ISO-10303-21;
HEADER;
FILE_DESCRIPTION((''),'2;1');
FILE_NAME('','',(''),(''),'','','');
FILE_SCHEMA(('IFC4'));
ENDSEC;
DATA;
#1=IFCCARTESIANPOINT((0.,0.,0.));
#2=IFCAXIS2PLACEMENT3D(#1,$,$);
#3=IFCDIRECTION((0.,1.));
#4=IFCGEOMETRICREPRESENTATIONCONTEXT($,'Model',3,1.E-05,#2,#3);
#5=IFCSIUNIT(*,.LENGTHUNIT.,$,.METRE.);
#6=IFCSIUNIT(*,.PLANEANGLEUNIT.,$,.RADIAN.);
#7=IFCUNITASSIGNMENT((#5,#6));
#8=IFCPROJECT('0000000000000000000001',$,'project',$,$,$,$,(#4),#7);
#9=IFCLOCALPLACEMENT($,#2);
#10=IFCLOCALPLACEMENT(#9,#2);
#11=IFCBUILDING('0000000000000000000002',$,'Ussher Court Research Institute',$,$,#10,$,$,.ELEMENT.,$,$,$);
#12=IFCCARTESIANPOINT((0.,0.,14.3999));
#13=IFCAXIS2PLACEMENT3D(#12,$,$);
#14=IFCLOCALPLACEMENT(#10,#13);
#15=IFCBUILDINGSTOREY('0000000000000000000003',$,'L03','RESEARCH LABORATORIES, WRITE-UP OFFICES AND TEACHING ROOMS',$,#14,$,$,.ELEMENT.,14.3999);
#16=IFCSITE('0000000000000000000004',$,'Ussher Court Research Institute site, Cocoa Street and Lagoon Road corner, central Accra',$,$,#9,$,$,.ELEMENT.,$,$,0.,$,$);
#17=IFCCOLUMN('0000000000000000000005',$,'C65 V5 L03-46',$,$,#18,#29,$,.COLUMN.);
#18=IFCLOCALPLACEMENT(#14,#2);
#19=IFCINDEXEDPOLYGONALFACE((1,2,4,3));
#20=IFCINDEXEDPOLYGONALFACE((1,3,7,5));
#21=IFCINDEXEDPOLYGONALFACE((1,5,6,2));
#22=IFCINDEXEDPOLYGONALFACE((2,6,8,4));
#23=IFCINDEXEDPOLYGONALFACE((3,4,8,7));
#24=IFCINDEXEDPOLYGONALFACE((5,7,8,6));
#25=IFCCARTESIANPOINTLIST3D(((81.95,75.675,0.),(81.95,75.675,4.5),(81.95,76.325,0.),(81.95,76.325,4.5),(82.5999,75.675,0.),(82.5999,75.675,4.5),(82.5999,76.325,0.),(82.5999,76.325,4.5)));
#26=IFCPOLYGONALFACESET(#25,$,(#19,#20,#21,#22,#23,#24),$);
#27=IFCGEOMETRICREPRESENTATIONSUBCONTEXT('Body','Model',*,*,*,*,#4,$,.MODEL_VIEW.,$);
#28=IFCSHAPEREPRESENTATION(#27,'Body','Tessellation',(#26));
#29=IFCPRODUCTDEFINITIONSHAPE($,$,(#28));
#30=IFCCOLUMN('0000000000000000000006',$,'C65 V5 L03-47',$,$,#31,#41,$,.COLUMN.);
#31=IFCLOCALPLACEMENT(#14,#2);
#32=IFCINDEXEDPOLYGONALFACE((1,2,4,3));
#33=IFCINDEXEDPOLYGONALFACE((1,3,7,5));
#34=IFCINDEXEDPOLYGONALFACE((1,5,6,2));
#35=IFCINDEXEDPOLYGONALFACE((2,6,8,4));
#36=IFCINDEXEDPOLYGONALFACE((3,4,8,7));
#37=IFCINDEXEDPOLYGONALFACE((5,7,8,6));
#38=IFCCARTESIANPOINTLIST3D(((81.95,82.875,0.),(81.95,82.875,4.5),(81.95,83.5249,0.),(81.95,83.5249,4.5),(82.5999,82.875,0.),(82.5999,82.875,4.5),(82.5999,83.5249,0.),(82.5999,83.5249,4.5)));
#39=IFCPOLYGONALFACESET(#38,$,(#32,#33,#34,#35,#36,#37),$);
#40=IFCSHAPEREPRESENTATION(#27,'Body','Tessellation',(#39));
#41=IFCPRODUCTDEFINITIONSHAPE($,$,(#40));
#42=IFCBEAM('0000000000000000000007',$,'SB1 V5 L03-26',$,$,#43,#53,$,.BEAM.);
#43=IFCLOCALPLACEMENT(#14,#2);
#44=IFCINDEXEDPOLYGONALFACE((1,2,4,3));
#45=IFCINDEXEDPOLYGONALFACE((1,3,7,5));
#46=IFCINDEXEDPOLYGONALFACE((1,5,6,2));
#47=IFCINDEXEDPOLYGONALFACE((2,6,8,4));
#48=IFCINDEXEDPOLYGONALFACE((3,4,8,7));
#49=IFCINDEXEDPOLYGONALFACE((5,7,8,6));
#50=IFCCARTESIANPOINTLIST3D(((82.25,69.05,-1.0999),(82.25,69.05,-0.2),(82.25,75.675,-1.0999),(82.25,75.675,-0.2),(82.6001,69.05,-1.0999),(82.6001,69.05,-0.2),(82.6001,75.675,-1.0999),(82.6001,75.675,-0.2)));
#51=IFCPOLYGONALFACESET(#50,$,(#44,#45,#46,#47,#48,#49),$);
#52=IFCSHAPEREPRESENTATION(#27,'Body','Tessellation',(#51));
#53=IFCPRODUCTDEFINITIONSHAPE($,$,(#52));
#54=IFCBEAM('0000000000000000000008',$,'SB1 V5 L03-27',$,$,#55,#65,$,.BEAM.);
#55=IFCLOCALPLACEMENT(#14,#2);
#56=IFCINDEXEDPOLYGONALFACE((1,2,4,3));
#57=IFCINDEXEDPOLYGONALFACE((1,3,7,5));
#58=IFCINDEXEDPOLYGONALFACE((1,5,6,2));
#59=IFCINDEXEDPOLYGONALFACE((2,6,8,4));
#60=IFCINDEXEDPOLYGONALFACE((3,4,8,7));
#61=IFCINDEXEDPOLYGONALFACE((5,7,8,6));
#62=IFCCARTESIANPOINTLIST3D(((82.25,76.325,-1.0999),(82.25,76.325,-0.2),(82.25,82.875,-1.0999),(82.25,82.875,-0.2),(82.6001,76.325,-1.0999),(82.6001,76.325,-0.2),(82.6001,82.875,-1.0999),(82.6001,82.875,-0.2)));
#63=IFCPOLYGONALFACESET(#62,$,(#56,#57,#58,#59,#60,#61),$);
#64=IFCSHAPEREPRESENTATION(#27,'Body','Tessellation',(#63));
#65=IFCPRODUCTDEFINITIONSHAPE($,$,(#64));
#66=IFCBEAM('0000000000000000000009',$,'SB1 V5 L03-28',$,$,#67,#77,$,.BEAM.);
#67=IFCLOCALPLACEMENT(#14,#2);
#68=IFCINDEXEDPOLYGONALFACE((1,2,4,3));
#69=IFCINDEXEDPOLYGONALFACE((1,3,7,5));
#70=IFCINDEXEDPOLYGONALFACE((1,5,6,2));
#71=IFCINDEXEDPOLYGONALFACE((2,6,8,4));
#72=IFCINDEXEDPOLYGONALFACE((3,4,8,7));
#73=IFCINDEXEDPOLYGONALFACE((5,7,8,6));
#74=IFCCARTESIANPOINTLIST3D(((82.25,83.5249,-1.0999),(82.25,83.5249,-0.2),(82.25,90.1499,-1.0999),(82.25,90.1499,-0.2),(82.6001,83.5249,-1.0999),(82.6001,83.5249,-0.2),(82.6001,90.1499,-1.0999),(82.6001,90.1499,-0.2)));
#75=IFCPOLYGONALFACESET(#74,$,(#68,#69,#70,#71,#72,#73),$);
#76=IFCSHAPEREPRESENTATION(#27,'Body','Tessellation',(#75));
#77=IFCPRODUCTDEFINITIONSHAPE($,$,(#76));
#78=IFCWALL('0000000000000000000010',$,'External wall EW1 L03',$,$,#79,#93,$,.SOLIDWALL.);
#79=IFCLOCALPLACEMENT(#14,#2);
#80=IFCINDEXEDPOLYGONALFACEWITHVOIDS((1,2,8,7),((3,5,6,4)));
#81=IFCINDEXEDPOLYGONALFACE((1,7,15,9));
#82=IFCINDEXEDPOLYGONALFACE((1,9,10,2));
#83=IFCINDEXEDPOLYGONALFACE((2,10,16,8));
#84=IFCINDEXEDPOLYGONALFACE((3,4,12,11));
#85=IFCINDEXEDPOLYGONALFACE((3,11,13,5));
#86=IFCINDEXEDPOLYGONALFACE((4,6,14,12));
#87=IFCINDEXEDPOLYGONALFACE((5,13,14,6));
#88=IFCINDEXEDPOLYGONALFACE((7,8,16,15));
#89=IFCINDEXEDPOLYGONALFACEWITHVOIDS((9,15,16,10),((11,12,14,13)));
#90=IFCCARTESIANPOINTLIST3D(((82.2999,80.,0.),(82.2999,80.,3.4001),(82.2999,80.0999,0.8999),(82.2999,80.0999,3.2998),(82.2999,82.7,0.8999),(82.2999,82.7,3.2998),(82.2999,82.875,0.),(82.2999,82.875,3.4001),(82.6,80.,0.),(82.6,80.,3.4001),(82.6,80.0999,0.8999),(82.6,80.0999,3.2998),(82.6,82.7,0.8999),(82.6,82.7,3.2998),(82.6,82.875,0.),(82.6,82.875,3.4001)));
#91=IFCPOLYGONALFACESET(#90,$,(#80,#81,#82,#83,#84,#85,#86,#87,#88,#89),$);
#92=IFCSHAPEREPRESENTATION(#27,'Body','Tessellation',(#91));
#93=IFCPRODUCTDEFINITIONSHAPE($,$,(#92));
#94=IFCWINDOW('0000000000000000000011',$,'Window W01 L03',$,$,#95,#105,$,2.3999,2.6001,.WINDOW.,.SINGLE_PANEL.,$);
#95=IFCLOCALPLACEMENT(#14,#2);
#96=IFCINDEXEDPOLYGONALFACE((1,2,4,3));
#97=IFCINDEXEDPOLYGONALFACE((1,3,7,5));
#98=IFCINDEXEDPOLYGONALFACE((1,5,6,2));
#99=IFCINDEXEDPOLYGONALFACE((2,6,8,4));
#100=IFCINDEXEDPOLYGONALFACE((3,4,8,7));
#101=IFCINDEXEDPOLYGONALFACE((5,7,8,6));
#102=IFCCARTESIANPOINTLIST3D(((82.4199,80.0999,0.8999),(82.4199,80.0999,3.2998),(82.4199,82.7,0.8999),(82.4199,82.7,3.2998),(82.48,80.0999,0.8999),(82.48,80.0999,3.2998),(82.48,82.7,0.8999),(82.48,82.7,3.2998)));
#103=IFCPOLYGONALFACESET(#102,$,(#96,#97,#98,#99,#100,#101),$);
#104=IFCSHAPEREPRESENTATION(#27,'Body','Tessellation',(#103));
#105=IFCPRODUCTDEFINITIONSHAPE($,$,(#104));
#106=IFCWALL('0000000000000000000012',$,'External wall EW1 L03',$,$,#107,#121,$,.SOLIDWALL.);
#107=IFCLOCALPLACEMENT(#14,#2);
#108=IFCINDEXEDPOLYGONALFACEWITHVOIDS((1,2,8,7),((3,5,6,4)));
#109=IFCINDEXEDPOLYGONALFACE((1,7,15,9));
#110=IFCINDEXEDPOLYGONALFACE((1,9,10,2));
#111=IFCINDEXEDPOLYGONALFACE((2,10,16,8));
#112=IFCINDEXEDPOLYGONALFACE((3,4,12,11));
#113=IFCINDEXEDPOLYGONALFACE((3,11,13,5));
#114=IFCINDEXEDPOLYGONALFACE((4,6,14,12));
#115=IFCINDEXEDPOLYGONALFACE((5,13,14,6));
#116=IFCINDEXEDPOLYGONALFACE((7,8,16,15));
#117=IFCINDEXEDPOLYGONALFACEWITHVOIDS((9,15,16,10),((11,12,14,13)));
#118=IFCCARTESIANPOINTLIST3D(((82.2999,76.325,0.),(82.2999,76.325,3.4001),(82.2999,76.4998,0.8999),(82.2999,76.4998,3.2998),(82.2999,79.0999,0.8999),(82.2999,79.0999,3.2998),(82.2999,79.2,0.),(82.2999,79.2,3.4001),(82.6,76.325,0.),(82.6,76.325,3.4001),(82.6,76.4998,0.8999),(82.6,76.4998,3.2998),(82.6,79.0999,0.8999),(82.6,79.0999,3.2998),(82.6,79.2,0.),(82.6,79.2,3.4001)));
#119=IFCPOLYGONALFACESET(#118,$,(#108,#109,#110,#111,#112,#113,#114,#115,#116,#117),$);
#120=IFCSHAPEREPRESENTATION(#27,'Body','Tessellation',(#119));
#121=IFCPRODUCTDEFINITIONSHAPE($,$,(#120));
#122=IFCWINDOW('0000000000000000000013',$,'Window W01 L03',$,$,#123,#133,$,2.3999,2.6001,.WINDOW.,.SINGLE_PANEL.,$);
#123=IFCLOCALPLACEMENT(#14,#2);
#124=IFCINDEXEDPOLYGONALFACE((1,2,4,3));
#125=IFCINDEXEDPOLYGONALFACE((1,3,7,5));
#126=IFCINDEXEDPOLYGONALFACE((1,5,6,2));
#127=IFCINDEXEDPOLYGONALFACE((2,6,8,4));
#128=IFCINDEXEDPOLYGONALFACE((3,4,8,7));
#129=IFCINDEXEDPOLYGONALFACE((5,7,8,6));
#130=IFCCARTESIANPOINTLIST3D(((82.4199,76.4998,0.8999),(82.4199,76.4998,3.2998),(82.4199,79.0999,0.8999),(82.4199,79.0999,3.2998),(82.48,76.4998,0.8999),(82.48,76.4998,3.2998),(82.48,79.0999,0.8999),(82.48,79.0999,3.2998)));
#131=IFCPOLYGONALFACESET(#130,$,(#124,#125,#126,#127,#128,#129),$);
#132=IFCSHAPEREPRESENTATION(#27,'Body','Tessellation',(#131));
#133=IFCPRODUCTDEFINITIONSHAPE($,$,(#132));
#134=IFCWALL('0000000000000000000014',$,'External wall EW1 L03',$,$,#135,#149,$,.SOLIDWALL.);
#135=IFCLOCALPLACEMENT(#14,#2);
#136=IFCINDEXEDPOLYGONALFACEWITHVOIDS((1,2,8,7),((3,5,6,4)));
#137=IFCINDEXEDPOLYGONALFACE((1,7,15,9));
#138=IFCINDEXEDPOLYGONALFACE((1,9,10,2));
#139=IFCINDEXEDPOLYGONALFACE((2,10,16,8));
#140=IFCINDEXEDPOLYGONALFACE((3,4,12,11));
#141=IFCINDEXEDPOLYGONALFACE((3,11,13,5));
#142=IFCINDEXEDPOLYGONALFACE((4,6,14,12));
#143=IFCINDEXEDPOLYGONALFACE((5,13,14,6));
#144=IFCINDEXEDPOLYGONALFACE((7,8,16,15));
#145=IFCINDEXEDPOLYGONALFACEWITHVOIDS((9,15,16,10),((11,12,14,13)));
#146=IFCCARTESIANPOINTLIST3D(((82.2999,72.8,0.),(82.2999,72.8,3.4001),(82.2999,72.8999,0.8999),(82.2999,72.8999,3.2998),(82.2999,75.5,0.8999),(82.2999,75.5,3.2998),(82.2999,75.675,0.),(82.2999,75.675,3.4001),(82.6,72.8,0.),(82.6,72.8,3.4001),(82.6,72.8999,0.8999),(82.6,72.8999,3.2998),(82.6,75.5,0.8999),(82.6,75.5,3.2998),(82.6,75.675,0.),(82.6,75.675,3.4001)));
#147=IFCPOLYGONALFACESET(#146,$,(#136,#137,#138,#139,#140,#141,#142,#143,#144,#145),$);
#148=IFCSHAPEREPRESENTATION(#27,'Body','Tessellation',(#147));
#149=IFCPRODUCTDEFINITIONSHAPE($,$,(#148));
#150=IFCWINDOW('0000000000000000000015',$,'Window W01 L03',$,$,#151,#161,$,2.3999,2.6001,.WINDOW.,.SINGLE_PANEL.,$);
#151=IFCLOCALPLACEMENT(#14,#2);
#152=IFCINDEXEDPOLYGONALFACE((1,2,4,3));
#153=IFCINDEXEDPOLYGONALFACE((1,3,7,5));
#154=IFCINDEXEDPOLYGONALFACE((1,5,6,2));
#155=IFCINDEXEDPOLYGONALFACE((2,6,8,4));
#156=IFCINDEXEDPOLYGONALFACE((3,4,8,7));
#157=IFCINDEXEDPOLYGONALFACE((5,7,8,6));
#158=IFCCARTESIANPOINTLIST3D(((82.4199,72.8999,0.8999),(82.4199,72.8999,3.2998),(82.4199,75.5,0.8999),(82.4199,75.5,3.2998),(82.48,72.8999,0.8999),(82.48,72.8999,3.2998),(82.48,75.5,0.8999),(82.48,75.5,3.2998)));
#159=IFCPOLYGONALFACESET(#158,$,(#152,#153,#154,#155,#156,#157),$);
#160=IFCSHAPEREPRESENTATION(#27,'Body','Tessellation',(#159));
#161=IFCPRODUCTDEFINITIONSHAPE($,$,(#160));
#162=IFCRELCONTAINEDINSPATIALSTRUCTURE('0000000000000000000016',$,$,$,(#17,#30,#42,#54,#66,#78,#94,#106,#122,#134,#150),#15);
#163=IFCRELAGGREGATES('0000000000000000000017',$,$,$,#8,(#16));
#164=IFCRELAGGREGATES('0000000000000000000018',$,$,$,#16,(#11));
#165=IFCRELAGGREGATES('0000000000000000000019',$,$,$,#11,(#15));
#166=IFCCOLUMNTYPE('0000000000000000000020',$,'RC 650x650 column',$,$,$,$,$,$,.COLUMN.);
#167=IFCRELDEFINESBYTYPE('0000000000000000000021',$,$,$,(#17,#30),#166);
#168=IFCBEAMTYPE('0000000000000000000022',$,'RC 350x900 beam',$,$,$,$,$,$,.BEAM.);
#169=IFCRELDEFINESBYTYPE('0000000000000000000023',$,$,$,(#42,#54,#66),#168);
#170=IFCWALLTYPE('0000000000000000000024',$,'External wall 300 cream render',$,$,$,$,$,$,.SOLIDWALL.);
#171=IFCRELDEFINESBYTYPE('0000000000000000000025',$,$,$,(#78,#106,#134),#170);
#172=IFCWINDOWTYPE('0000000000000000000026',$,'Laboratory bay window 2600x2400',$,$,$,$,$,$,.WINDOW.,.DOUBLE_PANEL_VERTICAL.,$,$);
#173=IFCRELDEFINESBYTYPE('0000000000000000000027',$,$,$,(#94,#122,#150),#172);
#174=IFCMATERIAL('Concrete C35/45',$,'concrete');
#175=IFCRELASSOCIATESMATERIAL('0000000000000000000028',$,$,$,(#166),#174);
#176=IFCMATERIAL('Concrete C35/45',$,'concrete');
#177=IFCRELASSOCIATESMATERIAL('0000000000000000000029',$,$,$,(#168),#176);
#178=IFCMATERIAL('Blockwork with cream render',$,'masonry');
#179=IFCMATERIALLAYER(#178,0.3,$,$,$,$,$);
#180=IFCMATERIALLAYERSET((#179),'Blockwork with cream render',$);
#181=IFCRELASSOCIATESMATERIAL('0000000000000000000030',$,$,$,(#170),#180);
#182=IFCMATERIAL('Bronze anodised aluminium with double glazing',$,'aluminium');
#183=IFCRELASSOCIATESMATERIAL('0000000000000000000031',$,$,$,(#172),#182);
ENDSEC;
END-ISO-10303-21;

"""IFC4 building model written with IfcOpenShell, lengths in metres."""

from ifc_helpers import new_model, si_unit, direction, frame, frame_2d, origin, origin_2d, place, context, subcontext, project, spatial, rectangle, extrude, material, layer, layer_set, material_profile, profile_set, type_object, element, fill, save


model = new_model("IFC4")

# Units and contexts
model_context = context("Model", 3, precision=1e-05, world=origin(), true_north=direction((0.0, 1.0)))
body_context = subcontext(model_context, "Body", "Model", "MODEL_VIEW")
ifc_project = project(units=[si_unit("LENGTHUNIT", "METRE"), si_unit("PLANEANGLEUNIT", "RADIAN")], contexts=[model_context])

# Site, building, storey
site_placement = place(None, origin())
site = spatial("IfcSite", under=ifc_project, at=site_placement, Name="Ussher Court Research Institute site, Cocoa Street and Lagoon Road corner, central Accra", CompositionType="ELEMENT", RefElevation=0.0)
building_placement = place(site_placement, origin())
building = spatial("IfcBuilding", under=site, at=building_placement, Name="Ussher Court Research Institute", CompositionType="ELEMENT")
storey_placement = place(building_placement, frame((0.0, 0.0, 14.3999)))
storey = spatial("IfcBuildingStorey", under=building, at=storey_placement, Name="L03", Description="RESEARCH LABORATORIES, WRITE-UP OFFICES AND TEACHING ROOMS", CompositionType="ELEMENT", Elevation=14.3999)

# Columns
ifc_material_1 = material(Name="Concrete C35/45", Category="concrete")
ifc_material_profile_1 = material_profile(ifc_material_1, rectangle(XDim=0.6499, YDim=0.6499, at=origin_2d()), Name="RC 650x650")
ifc_profile_set_1 = profile_set([ifc_material_profile_1], Name="Concrete C35/45")
column_type = type_object("IfcColumnType", Name="RC 650x650 column", PredefinedType="COLUMN", material=ifc_profile_set_1)
for number, where, z_axis, x_axis, name in (
    (1, (82.2749, 76.0, 0.0), (0.0, 0.0, 1.0), (1.0, 0.0, 0.0), "C65 V5 L03-46"),
    (2, (82.2749, 83.2, 0.0), (0.0, 0.0, 1.0), (1.0, 0.0, 0.0), "C65 V5 L03-47"),
):
    element("IfcColumn", number, at=place(storey_placement, frame(where, z_axis=z_axis, x_axis=x_axis)), inside=storey, type_object=column_type, Name=name, PredefinedType="COLUMN", context=body_context, shape_type="SweptSolid", body=[
        extrude(rectangle(XDim=0.6499, YDim=0.6499, at=origin_2d()), origin(), (0.0, 0.0, 1.0), 4.5),
    ])

# Beams
ifc_material_2 = material(Name="Concrete C35/45", Category="concrete")
ifc_material_profile_2 = material_profile(ifc_material_2, rectangle(XDim=0.3501, YDim=0.8999, at=origin_2d()), Name="RC 350x900")
ifc_profile_set_2 = profile_set([ifc_material_profile_2], Name="Concrete C35/45")
beam_type = type_object("IfcBeamType", Name="RC 350x900 beam", PredefinedType="BEAM", material=ifc_profile_set_2)
beam_1_placement = place(storey_placement, frame((82.425, 69.05, -0.6499), z_axis=(0.0, 1.0, 0.0), x_axis=(-1.0, 0.0, 0.0)))
element("IfcBeam", 3, at=beam_1_placement, inside=storey, type_object=beam_type, Name="SB1 V5 L03-26", PredefinedType="BEAM", context=body_context, shape_type="SweptSolid", body=[
    extrude(rectangle(XDim=0.3501, YDim=0.8999, at=origin_2d()), origin(), (0.0, 0.0, 1.0), 6.625),
])
beam_2_placement = place(storey_placement, frame((82.425, 76.325, -0.6499), z_axis=(0.0, 1.0, 0.0), x_axis=(-1.0, 0.0, 0.0)))
element("IfcBeam", 4, at=beam_2_placement, inside=storey, type_object=beam_type, Name="SB1 V5 L03-27", PredefinedType="BEAM", context=body_context, shape_type="SweptSolid", body=[
    extrude(rectangle(XDim=0.3501, YDim=0.8999, at=origin_2d()), origin(), (0.0, 0.0, 1.0), 6.55),
])
beam_3_placement = place(storey_placement, frame((82.425, 83.5249, -0.6499), z_axis=(0.0, 1.0, 0.0), x_axis=(-1.0, 0.0, 0.0)))
element("IfcBeam", 5, at=beam_3_placement, inside=storey, type_object=beam_type, Name="SB1 V5 L03-28", PredefinedType="BEAM", context=body_context, shape_type="SweptSolid", body=[
    extrude(rectangle(XDim=0.3501, YDim=0.8999, at=origin_2d()), origin(), (0.0, 0.0, 1.0), 6.625),
])

# Walls, openings, windows
ifc_material_3 = material(Name="Blockwork with cream render", Category="masonry")
ifc_layer_1 = layer(ifc_material_3, 0.3)
ifc_layer_set_1 = layer_set([ifc_layer_1], Name="Blockwork with cream render")
wall_type_1 = type_object("IfcWallType", Name="External wall 300 cream render", PredefinedType="SOLIDWALL", material=ifc_layer_set_1)
wall_1_placement = place(storey_placement, frame((82.45, 82.875, 0.0), z_axis=(0.0, 0.0, 1.0), x_axis=(0.0, -1.0, 0.0)))
wall_1 = element("IfcWall", 6, at=wall_1_placement, inside=storey, type_object=wall_type_1, Name="External wall EW1 L03", PredefinedType="SOLIDWALL", context=body_context, shape_type="SweptSolid", body=[
    extrude(rectangle(XDim=2.875, YDim=0.3, at=frame_2d((1.4375, 0.0))), origin(), (0.0, 0.0, 1.0), 3.4001),
])
opening_1_placement = place(wall_1_placement, frame((0.175, 0.0, 0.8999)))
opening_1 = element("IfcOpeningElement", 7, at=opening_1_placement, cuts=wall_1, PredefinedType="OPENING", context=body_context, shape_type="SweptSolid", body=[
    extrude(rectangle(XDim=2.6001, YDim=2.3999, at=frame_2d((1.3, 1.2))), frame((0.0, 0.1602, 0.0), z_axis=(0.0, -1.0, 0.0), x_axis=(1.0, 0.0, 0.0)), (0.0, 0.0, 1.0), 0.3201),
])
ifc_material_4 = material(Name="Bronze anodised aluminium with double glazing", Category="aluminium")
window_type = type_object("IfcWindowType", Name="Laboratory bay window 2600x2400", PartitioningType="DOUBLE_PANEL_VERTICAL", PredefinedType="WINDOW", material=ifc_material_4)
window_1_placement = place(opening_1_placement, origin())
window_1 = element("IfcWindow", 8, at=window_1_placement, inside=storey, type_object=window_type, Name="Window W01 L03", OverallHeight=2.3999, OverallWidth=2.6001, PartitioningType="SINGLE_PANEL", PredefinedType="WINDOW", context=body_context, shape_type="SweptSolid", body=[
    extrude(rectangle(XDim=2.6001, YDim=2.3999, at=frame_2d((1.3, 1.2))), frame((0.0, 0.03, 0.0), z_axis=(0.0, -1.0, 0.0), x_axis=(1.0, 0.0, 0.0)), (0.0, 0.0, 1.0), 0.0601),
])
fill(opening_1, window_1)
wall_2_placement = place(storey_placement, frame((82.45, 79.2, 0.0), z_axis=(0.0, 0.0, 1.0), x_axis=(0.0, -1.0, 0.0)))
wall_2 = element("IfcWall", 9, at=wall_2_placement, inside=storey, type_object=wall_type_1, Name="External wall EW1 L03", PredefinedType="SOLIDWALL", context=body_context, shape_type="SweptSolid", body=[
    extrude(rectangle(XDim=2.875, YDim=0.3, at=frame_2d((1.4375, 0.0))), origin(), (0.0, 0.0, 1.0), 3.4001),
])
opening_2_placement = place(wall_2_placement, frame((0.1001, 0.0, 0.8999)))
opening_2 = element("IfcOpeningElement", 10, at=opening_2_placement, cuts=wall_2, PredefinedType="OPENING", context=body_context, shape_type="SweptSolid", body=[
    extrude(rectangle(XDim=2.6001, YDim=2.3999, at=frame_2d((1.3, 1.2))), frame((0.0, 0.1602, 0.0), z_axis=(0.0, -1.0, 0.0), x_axis=(1.0, 0.0, 0.0)), (0.0, 0.0, 1.0), 0.3201),
])
window_2_placement = place(opening_2_placement, origin())
window_2 = element("IfcWindow", 11, at=window_2_placement, inside=storey, type_object=window_type, Name="Window W01 L03", OverallHeight=2.3999, OverallWidth=2.6001, PartitioningType="SINGLE_PANEL", PredefinedType="WINDOW", context=body_context, shape_type="SweptSolid", body=[
    extrude(rectangle(XDim=2.6001, YDim=2.3999, at=frame_2d((1.3, 1.2))), frame((0.0, 0.03, 0.0), z_axis=(0.0, -1.0, 0.0), x_axis=(1.0, 0.0, 0.0)), (0.0, 0.0, 1.0), 0.0601),
])
fill(opening_2, window_2)
wall_3_placement = place(storey_placement, frame((82.45, 75.675, 0.0), z_axis=(0.0, 0.0, 1.0), x_axis=(0.0, -1.0, 0.0)))
wall_3 = element("IfcWall", 12, at=wall_3_placement, inside=storey, type_object=wall_type_1, Name="External wall EW1 L03", PredefinedType="SOLIDWALL", context=body_context, shape_type="SweptSolid", body=[
    extrude(rectangle(XDim=2.875, YDim=0.3, at=frame_2d((1.4375, 0.0))), origin(), (0.0, 0.0, 1.0), 3.4001),
])
opening_3_placement = place(wall_3_placement, frame((0.175, 0.0, 0.8999)))
opening_3 = element("IfcOpeningElement", 13, at=opening_3_placement, cuts=wall_3, PredefinedType="OPENING", context=body_context, shape_type="SweptSolid", body=[
    extrude(rectangle(XDim=2.6001, YDim=2.3999, at=frame_2d((1.3, 1.2))), frame((0.0, 0.1602, 0.0), z_axis=(0.0, -1.0, 0.0), x_axis=(1.0, 0.0, 0.0)), (0.0, 0.0, 1.0), 0.3201),
])
window_3_placement = place(opening_3_placement, origin())
window_3 = element("IfcWindow", 14, at=window_3_placement, inside=storey, type_object=window_type, Name="Window W01 L03", OverallHeight=2.3999, OverallWidth=2.6001, PartitioningType="SINGLE_PANEL", PredefinedType="WINDOW", context=body_context, shape_type="SweptSolid", body=[
    extrude(rectangle(XDim=2.6001, YDim=2.3999, at=frame_2d((1.3, 1.2))), frame((0.0, 0.03, 0.0), z_axis=(0.0, -1.0, 0.0), x_axis=(1.0, 0.0, 0.0)), (0.0, 0.0, 1.0), 0.0601),
])
fill(opening_3, window_3)

save(model, "model.ifc")
